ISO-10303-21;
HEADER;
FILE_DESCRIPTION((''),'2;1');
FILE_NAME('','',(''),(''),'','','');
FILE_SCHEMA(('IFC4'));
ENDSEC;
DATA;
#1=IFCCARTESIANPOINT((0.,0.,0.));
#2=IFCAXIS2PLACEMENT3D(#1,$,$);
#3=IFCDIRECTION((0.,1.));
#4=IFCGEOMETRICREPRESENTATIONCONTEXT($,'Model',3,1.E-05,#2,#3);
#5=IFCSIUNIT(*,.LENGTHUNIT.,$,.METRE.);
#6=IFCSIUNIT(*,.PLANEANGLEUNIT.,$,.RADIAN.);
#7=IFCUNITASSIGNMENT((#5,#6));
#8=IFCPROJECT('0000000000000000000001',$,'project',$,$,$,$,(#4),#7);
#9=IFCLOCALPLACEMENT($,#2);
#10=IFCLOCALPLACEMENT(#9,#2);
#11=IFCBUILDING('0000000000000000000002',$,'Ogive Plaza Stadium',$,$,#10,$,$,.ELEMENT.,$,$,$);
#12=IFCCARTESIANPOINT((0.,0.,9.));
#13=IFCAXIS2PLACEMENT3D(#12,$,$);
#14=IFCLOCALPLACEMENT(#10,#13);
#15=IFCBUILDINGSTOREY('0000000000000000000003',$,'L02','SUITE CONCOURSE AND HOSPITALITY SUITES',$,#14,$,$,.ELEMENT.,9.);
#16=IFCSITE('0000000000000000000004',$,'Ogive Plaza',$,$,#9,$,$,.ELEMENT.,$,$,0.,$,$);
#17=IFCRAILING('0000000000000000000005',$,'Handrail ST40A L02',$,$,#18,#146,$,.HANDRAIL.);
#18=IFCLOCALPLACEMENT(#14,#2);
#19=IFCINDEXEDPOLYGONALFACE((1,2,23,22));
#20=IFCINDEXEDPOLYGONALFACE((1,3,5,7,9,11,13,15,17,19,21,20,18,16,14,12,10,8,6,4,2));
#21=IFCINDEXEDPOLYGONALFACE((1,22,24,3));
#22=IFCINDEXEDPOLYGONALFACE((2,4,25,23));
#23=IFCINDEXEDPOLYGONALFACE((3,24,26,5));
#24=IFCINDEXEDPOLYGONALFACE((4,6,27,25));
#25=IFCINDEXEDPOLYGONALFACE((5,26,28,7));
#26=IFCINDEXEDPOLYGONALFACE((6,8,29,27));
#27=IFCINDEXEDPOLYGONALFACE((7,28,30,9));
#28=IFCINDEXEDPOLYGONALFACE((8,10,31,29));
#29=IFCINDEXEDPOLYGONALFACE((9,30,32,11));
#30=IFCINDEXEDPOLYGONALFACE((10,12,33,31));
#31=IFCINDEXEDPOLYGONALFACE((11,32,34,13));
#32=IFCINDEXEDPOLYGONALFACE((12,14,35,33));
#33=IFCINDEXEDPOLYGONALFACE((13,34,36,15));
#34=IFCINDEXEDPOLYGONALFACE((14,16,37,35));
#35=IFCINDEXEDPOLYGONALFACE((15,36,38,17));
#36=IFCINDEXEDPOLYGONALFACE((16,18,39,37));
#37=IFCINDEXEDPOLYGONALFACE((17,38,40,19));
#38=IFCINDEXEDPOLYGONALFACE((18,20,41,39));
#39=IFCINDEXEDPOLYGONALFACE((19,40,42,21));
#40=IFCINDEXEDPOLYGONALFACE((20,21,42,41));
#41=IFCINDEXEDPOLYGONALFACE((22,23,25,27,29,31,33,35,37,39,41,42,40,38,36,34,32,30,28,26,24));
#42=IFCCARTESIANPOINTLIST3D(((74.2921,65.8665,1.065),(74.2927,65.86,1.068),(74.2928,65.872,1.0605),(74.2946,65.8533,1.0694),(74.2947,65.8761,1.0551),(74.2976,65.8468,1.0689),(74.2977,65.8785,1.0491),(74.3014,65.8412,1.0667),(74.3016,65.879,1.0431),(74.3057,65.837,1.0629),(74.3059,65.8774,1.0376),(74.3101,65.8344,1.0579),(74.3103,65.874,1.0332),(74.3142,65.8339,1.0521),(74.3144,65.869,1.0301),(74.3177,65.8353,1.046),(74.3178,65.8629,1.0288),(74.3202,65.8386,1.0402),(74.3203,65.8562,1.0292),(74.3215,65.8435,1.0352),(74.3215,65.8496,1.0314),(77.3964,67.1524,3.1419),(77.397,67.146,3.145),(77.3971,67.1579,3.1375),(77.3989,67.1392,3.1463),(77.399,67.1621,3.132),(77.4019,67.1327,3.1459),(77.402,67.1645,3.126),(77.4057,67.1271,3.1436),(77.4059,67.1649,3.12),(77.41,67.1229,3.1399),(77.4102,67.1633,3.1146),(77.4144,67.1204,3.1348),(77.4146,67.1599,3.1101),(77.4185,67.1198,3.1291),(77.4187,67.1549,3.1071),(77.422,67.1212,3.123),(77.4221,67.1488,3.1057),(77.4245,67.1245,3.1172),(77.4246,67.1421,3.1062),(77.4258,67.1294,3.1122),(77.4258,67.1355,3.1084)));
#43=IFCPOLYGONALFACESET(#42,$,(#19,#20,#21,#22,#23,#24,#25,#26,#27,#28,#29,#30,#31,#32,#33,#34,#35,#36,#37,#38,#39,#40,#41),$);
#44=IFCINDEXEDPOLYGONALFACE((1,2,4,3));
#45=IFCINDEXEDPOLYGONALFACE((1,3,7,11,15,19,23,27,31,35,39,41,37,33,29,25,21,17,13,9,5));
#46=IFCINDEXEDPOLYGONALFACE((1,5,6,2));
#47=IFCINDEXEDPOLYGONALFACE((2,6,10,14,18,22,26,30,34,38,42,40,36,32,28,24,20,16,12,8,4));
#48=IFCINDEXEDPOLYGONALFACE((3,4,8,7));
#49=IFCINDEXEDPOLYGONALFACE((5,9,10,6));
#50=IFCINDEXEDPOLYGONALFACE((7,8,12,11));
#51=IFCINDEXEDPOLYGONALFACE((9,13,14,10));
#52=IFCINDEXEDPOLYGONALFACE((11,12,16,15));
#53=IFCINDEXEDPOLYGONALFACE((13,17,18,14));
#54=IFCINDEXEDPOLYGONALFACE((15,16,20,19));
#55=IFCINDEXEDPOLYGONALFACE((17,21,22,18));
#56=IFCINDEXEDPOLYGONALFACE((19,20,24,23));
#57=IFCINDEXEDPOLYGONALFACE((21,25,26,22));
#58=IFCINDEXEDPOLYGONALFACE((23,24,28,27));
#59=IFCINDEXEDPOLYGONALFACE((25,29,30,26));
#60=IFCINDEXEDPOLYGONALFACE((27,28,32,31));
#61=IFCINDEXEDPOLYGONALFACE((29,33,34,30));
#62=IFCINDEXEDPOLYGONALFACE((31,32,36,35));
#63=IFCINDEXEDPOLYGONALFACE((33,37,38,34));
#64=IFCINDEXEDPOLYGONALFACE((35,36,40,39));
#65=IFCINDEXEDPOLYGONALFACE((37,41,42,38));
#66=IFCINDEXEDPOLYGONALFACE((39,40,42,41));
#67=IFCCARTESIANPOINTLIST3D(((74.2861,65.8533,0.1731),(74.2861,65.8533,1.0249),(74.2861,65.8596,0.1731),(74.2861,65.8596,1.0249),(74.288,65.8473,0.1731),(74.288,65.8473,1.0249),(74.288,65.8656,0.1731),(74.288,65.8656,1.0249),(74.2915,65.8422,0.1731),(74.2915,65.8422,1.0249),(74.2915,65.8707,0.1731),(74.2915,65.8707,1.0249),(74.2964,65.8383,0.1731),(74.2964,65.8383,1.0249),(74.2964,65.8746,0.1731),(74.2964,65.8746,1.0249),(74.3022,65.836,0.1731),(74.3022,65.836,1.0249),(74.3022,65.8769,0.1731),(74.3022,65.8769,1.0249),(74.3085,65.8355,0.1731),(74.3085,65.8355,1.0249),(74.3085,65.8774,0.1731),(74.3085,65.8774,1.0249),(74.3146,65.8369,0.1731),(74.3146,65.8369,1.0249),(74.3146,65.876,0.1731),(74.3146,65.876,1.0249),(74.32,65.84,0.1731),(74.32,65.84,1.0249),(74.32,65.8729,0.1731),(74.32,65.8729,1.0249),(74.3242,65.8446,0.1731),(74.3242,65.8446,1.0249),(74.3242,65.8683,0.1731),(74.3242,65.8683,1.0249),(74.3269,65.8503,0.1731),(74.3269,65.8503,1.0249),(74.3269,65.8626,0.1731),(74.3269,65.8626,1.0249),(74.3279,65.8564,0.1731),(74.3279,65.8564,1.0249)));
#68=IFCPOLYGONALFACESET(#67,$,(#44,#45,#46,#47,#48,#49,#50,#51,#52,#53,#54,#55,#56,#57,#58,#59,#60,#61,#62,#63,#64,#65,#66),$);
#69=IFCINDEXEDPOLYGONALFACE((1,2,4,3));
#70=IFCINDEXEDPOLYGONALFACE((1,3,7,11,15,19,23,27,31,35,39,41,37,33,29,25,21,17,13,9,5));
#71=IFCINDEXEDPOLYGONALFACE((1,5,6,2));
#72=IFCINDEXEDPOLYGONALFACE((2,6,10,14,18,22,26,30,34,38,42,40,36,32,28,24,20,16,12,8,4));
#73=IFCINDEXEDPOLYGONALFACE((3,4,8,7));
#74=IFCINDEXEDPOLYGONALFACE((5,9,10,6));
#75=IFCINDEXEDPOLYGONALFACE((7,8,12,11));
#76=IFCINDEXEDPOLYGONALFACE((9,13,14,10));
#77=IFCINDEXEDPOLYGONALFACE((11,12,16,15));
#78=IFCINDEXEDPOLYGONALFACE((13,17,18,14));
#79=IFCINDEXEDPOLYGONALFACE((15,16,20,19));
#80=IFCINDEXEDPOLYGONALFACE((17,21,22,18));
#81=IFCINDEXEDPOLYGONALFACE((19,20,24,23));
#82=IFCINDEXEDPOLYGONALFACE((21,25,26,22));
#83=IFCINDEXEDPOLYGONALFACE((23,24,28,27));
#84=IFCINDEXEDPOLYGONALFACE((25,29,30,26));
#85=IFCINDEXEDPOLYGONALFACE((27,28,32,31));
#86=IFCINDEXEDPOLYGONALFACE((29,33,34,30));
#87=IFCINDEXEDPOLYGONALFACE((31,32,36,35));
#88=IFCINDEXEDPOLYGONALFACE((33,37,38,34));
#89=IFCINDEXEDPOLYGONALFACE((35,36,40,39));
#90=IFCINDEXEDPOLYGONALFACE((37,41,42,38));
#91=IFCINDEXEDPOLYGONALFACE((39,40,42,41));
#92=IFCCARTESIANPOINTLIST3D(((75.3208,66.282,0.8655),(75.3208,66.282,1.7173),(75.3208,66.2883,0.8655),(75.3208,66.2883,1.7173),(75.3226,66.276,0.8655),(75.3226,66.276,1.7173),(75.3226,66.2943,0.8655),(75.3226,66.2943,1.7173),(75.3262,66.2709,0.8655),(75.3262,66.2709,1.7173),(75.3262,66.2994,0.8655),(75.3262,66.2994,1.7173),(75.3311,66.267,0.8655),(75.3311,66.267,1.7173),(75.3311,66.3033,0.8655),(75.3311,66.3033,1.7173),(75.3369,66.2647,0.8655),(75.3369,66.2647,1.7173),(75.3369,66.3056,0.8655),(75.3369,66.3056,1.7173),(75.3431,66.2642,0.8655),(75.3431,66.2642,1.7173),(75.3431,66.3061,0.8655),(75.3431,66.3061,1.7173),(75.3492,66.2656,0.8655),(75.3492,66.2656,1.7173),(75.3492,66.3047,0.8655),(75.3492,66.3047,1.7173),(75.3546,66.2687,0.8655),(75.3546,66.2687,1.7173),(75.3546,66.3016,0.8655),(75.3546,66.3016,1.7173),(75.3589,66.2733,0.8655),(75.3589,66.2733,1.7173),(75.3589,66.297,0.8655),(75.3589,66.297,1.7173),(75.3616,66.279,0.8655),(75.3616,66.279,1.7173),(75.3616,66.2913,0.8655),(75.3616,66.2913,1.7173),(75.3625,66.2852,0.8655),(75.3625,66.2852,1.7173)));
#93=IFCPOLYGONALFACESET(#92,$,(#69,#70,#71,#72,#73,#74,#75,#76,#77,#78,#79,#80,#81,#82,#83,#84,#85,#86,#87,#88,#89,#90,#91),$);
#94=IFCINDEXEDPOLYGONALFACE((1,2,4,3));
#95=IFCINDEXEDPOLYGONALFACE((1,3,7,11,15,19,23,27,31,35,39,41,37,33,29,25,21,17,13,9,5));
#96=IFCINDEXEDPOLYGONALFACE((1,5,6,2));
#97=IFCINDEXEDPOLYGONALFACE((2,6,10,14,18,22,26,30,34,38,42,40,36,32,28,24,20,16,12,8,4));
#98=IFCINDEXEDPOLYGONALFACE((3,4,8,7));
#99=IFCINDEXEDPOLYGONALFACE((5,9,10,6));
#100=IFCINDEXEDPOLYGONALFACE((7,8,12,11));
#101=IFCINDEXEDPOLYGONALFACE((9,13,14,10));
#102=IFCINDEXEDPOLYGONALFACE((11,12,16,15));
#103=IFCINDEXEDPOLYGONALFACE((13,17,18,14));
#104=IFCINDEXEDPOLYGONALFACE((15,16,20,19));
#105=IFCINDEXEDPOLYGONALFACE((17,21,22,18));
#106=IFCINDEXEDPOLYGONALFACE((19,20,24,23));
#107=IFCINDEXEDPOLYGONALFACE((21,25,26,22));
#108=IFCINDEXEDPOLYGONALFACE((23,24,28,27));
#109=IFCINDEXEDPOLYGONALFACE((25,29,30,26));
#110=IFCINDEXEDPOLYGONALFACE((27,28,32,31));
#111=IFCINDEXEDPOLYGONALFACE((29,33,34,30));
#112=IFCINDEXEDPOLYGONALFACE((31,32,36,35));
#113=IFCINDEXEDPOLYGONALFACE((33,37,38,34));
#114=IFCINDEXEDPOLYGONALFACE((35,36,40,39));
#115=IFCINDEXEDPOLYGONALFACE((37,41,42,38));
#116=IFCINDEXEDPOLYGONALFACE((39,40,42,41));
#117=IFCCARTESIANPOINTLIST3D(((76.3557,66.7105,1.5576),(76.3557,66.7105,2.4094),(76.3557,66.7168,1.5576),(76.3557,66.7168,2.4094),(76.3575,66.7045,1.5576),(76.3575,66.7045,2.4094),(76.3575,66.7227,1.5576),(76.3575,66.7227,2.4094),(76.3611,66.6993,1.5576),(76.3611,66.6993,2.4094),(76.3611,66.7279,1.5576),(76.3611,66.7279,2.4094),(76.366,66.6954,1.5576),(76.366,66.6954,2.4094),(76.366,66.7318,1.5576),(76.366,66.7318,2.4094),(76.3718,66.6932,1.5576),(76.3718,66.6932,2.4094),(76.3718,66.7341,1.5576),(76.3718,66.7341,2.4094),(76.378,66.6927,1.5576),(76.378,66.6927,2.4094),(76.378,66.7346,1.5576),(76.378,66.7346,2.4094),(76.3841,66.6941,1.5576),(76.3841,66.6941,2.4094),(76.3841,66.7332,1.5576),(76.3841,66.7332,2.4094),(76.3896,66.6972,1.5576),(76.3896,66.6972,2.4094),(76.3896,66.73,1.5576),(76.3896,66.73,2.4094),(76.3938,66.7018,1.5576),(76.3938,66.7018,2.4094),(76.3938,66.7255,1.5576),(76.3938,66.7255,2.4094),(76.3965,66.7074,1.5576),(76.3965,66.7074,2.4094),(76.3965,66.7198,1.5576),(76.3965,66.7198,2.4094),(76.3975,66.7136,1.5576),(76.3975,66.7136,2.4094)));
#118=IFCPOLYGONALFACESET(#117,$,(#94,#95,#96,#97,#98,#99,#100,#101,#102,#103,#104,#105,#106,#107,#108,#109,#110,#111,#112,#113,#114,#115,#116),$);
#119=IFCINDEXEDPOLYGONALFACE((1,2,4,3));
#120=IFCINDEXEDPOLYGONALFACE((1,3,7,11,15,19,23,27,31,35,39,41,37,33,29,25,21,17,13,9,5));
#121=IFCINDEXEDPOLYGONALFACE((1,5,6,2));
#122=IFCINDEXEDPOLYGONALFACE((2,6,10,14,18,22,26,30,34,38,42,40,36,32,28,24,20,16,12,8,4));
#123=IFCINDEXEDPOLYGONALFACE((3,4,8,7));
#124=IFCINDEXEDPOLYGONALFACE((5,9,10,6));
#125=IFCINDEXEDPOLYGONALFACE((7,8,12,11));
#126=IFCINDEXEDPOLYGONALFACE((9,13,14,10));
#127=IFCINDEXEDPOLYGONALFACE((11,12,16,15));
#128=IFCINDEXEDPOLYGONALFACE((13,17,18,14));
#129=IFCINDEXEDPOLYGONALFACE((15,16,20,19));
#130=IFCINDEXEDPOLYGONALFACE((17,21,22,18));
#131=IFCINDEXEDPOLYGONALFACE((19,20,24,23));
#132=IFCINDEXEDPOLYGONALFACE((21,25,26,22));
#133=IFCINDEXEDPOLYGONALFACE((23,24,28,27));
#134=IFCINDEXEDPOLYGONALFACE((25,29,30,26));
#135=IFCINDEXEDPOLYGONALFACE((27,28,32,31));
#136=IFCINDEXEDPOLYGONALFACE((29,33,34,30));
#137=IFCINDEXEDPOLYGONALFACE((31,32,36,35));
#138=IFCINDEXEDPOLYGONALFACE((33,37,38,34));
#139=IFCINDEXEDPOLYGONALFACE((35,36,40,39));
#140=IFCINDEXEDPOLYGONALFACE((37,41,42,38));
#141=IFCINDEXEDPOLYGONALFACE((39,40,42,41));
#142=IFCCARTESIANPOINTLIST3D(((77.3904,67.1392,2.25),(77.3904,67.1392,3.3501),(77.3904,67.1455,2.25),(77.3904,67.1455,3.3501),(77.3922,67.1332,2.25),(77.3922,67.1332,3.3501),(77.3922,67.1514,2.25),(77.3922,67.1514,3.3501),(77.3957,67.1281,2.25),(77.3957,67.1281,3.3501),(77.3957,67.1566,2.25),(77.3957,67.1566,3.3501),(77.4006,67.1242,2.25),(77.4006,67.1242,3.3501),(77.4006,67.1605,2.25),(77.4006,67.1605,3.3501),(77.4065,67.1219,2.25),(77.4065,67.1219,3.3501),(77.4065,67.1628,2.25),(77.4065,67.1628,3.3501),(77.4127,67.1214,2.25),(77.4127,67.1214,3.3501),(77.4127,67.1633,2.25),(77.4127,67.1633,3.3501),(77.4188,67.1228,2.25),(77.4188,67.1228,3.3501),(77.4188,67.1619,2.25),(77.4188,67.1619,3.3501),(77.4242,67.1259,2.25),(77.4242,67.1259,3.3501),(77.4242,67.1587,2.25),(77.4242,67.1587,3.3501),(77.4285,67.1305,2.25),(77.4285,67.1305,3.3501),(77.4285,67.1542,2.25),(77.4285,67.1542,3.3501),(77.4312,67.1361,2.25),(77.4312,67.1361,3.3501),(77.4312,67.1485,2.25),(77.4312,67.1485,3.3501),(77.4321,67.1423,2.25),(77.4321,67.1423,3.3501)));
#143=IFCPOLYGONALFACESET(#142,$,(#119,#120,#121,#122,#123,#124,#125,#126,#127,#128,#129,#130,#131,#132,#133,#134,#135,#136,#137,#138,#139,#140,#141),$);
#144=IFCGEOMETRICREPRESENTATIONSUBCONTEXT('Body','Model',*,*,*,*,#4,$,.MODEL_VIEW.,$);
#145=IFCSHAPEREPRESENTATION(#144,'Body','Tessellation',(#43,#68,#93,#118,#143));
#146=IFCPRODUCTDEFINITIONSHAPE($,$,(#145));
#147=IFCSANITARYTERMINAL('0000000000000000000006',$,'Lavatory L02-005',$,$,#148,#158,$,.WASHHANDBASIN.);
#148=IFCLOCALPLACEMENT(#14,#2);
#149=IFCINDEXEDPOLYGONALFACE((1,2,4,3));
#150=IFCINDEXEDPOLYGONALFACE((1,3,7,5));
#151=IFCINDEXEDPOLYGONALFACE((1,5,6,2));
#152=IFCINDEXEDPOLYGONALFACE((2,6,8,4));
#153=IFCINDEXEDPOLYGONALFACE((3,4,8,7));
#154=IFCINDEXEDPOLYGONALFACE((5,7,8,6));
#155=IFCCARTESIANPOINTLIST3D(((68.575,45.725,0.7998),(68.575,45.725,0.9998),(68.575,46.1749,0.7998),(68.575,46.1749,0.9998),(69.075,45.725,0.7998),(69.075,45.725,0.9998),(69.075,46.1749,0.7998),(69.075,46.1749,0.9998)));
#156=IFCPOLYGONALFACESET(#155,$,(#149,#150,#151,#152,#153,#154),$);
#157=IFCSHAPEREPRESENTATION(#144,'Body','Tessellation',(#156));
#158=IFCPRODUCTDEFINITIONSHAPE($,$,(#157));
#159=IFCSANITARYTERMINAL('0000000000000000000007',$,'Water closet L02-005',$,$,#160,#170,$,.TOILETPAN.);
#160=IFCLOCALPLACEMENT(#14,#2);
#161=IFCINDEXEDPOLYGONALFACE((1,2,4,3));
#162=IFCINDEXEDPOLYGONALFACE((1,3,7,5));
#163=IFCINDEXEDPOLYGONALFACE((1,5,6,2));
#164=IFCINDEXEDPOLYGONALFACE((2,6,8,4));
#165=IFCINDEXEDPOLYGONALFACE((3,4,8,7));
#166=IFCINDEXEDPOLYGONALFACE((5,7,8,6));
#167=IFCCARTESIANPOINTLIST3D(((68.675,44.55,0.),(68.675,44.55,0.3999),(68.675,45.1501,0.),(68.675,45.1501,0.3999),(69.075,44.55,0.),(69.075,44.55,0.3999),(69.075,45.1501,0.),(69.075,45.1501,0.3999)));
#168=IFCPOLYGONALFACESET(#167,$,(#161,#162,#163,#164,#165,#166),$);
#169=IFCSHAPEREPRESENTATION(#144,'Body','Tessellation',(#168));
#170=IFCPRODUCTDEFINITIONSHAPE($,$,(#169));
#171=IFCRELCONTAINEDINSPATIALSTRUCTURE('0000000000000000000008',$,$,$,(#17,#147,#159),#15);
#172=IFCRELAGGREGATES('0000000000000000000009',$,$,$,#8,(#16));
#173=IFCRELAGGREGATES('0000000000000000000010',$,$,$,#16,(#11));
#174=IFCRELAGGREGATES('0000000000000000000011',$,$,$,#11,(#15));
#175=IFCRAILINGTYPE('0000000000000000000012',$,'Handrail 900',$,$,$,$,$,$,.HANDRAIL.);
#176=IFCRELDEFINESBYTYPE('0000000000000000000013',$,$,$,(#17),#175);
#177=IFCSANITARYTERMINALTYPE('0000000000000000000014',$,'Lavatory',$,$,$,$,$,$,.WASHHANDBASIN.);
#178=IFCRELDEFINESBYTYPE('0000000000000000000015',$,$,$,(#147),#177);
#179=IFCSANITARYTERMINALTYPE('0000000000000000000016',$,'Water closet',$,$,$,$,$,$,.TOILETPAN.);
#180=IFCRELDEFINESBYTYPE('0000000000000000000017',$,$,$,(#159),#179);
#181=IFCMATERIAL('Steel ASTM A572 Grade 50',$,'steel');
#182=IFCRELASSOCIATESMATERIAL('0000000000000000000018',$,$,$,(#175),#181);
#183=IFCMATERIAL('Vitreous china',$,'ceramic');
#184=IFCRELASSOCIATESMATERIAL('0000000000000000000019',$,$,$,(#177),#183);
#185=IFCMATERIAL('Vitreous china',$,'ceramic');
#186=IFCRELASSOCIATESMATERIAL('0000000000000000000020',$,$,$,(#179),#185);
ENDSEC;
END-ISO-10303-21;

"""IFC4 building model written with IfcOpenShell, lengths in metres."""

from ifc_helpers import new_model, si_unit, direction, frame, origin, origin_2d, place, context, subcontext, project, spatial, rectangle, circle, extrude, material, type_object, element, save


model = new_model("IFC4")

# Units and contexts
model_context = context("Model", 3, precision=1e-05, world=origin(), true_north=direction((0.0, 1.0)))
body_context = subcontext(model_context, "Body", "Model", "MODEL_VIEW")
ifc_project = project(units=[si_unit("LENGTHUNIT", "METRE"), si_unit("PLANEANGLEUNIT", "RADIAN")], contexts=[model_context])

# Site, building, storey
site_placement = place(None, origin())
site = spatial("IfcSite", under=ifc_project, at=site_placement, Name="Ogive Plaza", CompositionType="ELEMENT", RefElevation=0.0)
building_placement = place(site_placement, origin())
building = spatial("IfcBuilding", under=site, at=building_placement, Name="Ogive Plaza Stadium", CompositionType="ELEMENT")
storey_placement = place(building_placement, frame((0.0, 0.0, 9.0)))
storey = spatial("IfcBuildingStorey", under=building, at=storey_placement, Name="L02", Description="SUITE CONCOURSE AND HOSPITALITY SUITES", CompositionType="ELEMENT", Elevation=9.0)

# Railing
ifc_material_1 = material(Name="Steel ASTM A572 Grade 50", Category="steel")
railing_type = type_object("IfcRailingType", Name="Handrail 900", PredefinedType="HANDRAIL", material=ifc_material_1)
for number, where, name in (
    (1, (74.3069, 65.8564, 0.1731), "Handrail ST40A L02"),
):
    element("IfcRailing", number, at=place(storey_placement, frame(where)), inside=storey, type_object=railing_type, Name=name, PredefinedType="HANDRAIL", context=body_context, shape_type="SweptSolid", body=[
        extrude(circle(Radius=0.0239, at=origin_2d()), frame((0.0, 0.0, 0.876), z_axis=(0.785863, 0.325532, 0.525783), x_axis=(-0.3827, 0.923872, 0.0)), (0.0, 0.0, 1.0), 3.9502),
        extrude(circle(Radius=0.021, at=origin_2d()), origin(), (0.0, 0.0, 1.0), 0.8518),
        extrude(circle(Radius=0.021, at=origin_2d()), frame((1.0347, 0.4287, 0.6924)), (0.0, 0.0, 1.0), 0.8518),
        extrude(circle(Radius=0.021, at=origin_2d()), frame((2.0696, 0.8572, 1.3845)), (0.0, 0.0, 1.0), 0.8518),
        extrude(circle(Radius=0.021, at=origin_2d()), frame((3.1042, 1.2859, 2.0769)), (0.0, 0.0, 1.0), 1.1001),
    ])

# Sanitary terminals
ifc_material_2 = material(Name="Vitreous china", Category="ceramic")
sanitary_terminal_type_1 = type_object("IfcSanitaryTerminalType", Name="Lavatory", PredefinedType="WASHHANDBASIN", material=ifc_material_2)
sanitary_terminal_1_placement = place(storey_placement, frame((68.825, 45.95, 0.7998), z_axis=(0.0, 0.0, 1.0), x_axis=(-1.0, 0.0, 0.0)))
element("IfcSanitaryTerminal", 2, at=sanitary_terminal_1_placement, inside=storey, type_object=sanitary_terminal_type_1, Name="Lavatory L02-005", PredefinedType="WASHHANDBASIN", context=body_context, shape_type="SweptSolid", body=[
    extrude(rectangle(XDim=0.5, YDim=0.45, at=origin_2d()), origin(), (0.0, 0.0, 1.0), 0.2),
])
ifc_material_3 = material(Name="Vitreous china", Category="ceramic")
sanitary_terminal_type_2 = type_object("IfcSanitaryTerminalType", Name="Water closet", PredefinedType="TOILETPAN", material=ifc_material_3)
sanitary_terminal_2_placement = place(storey_placement, frame((68.875, 44.8501, 0.0), z_axis=(0.0, 0.0, 1.0), x_axis=(-1.0, 0.0, 0.0)))
element("IfcSanitaryTerminal", 3, at=sanitary_terminal_2_placement, inside=storey, type_object=sanitary_terminal_type_2, Name="Water closet L02-005", PredefinedType="TOILETPAN", context=body_context, shape_type="SweptSolid", body=[
    extrude(rectangle(XDim=0.3999, YDim=0.6001, at=origin_2d()), origin(), (0.0, 0.0, 1.0), 0.3999),
])

save(model, "model.ifc")
